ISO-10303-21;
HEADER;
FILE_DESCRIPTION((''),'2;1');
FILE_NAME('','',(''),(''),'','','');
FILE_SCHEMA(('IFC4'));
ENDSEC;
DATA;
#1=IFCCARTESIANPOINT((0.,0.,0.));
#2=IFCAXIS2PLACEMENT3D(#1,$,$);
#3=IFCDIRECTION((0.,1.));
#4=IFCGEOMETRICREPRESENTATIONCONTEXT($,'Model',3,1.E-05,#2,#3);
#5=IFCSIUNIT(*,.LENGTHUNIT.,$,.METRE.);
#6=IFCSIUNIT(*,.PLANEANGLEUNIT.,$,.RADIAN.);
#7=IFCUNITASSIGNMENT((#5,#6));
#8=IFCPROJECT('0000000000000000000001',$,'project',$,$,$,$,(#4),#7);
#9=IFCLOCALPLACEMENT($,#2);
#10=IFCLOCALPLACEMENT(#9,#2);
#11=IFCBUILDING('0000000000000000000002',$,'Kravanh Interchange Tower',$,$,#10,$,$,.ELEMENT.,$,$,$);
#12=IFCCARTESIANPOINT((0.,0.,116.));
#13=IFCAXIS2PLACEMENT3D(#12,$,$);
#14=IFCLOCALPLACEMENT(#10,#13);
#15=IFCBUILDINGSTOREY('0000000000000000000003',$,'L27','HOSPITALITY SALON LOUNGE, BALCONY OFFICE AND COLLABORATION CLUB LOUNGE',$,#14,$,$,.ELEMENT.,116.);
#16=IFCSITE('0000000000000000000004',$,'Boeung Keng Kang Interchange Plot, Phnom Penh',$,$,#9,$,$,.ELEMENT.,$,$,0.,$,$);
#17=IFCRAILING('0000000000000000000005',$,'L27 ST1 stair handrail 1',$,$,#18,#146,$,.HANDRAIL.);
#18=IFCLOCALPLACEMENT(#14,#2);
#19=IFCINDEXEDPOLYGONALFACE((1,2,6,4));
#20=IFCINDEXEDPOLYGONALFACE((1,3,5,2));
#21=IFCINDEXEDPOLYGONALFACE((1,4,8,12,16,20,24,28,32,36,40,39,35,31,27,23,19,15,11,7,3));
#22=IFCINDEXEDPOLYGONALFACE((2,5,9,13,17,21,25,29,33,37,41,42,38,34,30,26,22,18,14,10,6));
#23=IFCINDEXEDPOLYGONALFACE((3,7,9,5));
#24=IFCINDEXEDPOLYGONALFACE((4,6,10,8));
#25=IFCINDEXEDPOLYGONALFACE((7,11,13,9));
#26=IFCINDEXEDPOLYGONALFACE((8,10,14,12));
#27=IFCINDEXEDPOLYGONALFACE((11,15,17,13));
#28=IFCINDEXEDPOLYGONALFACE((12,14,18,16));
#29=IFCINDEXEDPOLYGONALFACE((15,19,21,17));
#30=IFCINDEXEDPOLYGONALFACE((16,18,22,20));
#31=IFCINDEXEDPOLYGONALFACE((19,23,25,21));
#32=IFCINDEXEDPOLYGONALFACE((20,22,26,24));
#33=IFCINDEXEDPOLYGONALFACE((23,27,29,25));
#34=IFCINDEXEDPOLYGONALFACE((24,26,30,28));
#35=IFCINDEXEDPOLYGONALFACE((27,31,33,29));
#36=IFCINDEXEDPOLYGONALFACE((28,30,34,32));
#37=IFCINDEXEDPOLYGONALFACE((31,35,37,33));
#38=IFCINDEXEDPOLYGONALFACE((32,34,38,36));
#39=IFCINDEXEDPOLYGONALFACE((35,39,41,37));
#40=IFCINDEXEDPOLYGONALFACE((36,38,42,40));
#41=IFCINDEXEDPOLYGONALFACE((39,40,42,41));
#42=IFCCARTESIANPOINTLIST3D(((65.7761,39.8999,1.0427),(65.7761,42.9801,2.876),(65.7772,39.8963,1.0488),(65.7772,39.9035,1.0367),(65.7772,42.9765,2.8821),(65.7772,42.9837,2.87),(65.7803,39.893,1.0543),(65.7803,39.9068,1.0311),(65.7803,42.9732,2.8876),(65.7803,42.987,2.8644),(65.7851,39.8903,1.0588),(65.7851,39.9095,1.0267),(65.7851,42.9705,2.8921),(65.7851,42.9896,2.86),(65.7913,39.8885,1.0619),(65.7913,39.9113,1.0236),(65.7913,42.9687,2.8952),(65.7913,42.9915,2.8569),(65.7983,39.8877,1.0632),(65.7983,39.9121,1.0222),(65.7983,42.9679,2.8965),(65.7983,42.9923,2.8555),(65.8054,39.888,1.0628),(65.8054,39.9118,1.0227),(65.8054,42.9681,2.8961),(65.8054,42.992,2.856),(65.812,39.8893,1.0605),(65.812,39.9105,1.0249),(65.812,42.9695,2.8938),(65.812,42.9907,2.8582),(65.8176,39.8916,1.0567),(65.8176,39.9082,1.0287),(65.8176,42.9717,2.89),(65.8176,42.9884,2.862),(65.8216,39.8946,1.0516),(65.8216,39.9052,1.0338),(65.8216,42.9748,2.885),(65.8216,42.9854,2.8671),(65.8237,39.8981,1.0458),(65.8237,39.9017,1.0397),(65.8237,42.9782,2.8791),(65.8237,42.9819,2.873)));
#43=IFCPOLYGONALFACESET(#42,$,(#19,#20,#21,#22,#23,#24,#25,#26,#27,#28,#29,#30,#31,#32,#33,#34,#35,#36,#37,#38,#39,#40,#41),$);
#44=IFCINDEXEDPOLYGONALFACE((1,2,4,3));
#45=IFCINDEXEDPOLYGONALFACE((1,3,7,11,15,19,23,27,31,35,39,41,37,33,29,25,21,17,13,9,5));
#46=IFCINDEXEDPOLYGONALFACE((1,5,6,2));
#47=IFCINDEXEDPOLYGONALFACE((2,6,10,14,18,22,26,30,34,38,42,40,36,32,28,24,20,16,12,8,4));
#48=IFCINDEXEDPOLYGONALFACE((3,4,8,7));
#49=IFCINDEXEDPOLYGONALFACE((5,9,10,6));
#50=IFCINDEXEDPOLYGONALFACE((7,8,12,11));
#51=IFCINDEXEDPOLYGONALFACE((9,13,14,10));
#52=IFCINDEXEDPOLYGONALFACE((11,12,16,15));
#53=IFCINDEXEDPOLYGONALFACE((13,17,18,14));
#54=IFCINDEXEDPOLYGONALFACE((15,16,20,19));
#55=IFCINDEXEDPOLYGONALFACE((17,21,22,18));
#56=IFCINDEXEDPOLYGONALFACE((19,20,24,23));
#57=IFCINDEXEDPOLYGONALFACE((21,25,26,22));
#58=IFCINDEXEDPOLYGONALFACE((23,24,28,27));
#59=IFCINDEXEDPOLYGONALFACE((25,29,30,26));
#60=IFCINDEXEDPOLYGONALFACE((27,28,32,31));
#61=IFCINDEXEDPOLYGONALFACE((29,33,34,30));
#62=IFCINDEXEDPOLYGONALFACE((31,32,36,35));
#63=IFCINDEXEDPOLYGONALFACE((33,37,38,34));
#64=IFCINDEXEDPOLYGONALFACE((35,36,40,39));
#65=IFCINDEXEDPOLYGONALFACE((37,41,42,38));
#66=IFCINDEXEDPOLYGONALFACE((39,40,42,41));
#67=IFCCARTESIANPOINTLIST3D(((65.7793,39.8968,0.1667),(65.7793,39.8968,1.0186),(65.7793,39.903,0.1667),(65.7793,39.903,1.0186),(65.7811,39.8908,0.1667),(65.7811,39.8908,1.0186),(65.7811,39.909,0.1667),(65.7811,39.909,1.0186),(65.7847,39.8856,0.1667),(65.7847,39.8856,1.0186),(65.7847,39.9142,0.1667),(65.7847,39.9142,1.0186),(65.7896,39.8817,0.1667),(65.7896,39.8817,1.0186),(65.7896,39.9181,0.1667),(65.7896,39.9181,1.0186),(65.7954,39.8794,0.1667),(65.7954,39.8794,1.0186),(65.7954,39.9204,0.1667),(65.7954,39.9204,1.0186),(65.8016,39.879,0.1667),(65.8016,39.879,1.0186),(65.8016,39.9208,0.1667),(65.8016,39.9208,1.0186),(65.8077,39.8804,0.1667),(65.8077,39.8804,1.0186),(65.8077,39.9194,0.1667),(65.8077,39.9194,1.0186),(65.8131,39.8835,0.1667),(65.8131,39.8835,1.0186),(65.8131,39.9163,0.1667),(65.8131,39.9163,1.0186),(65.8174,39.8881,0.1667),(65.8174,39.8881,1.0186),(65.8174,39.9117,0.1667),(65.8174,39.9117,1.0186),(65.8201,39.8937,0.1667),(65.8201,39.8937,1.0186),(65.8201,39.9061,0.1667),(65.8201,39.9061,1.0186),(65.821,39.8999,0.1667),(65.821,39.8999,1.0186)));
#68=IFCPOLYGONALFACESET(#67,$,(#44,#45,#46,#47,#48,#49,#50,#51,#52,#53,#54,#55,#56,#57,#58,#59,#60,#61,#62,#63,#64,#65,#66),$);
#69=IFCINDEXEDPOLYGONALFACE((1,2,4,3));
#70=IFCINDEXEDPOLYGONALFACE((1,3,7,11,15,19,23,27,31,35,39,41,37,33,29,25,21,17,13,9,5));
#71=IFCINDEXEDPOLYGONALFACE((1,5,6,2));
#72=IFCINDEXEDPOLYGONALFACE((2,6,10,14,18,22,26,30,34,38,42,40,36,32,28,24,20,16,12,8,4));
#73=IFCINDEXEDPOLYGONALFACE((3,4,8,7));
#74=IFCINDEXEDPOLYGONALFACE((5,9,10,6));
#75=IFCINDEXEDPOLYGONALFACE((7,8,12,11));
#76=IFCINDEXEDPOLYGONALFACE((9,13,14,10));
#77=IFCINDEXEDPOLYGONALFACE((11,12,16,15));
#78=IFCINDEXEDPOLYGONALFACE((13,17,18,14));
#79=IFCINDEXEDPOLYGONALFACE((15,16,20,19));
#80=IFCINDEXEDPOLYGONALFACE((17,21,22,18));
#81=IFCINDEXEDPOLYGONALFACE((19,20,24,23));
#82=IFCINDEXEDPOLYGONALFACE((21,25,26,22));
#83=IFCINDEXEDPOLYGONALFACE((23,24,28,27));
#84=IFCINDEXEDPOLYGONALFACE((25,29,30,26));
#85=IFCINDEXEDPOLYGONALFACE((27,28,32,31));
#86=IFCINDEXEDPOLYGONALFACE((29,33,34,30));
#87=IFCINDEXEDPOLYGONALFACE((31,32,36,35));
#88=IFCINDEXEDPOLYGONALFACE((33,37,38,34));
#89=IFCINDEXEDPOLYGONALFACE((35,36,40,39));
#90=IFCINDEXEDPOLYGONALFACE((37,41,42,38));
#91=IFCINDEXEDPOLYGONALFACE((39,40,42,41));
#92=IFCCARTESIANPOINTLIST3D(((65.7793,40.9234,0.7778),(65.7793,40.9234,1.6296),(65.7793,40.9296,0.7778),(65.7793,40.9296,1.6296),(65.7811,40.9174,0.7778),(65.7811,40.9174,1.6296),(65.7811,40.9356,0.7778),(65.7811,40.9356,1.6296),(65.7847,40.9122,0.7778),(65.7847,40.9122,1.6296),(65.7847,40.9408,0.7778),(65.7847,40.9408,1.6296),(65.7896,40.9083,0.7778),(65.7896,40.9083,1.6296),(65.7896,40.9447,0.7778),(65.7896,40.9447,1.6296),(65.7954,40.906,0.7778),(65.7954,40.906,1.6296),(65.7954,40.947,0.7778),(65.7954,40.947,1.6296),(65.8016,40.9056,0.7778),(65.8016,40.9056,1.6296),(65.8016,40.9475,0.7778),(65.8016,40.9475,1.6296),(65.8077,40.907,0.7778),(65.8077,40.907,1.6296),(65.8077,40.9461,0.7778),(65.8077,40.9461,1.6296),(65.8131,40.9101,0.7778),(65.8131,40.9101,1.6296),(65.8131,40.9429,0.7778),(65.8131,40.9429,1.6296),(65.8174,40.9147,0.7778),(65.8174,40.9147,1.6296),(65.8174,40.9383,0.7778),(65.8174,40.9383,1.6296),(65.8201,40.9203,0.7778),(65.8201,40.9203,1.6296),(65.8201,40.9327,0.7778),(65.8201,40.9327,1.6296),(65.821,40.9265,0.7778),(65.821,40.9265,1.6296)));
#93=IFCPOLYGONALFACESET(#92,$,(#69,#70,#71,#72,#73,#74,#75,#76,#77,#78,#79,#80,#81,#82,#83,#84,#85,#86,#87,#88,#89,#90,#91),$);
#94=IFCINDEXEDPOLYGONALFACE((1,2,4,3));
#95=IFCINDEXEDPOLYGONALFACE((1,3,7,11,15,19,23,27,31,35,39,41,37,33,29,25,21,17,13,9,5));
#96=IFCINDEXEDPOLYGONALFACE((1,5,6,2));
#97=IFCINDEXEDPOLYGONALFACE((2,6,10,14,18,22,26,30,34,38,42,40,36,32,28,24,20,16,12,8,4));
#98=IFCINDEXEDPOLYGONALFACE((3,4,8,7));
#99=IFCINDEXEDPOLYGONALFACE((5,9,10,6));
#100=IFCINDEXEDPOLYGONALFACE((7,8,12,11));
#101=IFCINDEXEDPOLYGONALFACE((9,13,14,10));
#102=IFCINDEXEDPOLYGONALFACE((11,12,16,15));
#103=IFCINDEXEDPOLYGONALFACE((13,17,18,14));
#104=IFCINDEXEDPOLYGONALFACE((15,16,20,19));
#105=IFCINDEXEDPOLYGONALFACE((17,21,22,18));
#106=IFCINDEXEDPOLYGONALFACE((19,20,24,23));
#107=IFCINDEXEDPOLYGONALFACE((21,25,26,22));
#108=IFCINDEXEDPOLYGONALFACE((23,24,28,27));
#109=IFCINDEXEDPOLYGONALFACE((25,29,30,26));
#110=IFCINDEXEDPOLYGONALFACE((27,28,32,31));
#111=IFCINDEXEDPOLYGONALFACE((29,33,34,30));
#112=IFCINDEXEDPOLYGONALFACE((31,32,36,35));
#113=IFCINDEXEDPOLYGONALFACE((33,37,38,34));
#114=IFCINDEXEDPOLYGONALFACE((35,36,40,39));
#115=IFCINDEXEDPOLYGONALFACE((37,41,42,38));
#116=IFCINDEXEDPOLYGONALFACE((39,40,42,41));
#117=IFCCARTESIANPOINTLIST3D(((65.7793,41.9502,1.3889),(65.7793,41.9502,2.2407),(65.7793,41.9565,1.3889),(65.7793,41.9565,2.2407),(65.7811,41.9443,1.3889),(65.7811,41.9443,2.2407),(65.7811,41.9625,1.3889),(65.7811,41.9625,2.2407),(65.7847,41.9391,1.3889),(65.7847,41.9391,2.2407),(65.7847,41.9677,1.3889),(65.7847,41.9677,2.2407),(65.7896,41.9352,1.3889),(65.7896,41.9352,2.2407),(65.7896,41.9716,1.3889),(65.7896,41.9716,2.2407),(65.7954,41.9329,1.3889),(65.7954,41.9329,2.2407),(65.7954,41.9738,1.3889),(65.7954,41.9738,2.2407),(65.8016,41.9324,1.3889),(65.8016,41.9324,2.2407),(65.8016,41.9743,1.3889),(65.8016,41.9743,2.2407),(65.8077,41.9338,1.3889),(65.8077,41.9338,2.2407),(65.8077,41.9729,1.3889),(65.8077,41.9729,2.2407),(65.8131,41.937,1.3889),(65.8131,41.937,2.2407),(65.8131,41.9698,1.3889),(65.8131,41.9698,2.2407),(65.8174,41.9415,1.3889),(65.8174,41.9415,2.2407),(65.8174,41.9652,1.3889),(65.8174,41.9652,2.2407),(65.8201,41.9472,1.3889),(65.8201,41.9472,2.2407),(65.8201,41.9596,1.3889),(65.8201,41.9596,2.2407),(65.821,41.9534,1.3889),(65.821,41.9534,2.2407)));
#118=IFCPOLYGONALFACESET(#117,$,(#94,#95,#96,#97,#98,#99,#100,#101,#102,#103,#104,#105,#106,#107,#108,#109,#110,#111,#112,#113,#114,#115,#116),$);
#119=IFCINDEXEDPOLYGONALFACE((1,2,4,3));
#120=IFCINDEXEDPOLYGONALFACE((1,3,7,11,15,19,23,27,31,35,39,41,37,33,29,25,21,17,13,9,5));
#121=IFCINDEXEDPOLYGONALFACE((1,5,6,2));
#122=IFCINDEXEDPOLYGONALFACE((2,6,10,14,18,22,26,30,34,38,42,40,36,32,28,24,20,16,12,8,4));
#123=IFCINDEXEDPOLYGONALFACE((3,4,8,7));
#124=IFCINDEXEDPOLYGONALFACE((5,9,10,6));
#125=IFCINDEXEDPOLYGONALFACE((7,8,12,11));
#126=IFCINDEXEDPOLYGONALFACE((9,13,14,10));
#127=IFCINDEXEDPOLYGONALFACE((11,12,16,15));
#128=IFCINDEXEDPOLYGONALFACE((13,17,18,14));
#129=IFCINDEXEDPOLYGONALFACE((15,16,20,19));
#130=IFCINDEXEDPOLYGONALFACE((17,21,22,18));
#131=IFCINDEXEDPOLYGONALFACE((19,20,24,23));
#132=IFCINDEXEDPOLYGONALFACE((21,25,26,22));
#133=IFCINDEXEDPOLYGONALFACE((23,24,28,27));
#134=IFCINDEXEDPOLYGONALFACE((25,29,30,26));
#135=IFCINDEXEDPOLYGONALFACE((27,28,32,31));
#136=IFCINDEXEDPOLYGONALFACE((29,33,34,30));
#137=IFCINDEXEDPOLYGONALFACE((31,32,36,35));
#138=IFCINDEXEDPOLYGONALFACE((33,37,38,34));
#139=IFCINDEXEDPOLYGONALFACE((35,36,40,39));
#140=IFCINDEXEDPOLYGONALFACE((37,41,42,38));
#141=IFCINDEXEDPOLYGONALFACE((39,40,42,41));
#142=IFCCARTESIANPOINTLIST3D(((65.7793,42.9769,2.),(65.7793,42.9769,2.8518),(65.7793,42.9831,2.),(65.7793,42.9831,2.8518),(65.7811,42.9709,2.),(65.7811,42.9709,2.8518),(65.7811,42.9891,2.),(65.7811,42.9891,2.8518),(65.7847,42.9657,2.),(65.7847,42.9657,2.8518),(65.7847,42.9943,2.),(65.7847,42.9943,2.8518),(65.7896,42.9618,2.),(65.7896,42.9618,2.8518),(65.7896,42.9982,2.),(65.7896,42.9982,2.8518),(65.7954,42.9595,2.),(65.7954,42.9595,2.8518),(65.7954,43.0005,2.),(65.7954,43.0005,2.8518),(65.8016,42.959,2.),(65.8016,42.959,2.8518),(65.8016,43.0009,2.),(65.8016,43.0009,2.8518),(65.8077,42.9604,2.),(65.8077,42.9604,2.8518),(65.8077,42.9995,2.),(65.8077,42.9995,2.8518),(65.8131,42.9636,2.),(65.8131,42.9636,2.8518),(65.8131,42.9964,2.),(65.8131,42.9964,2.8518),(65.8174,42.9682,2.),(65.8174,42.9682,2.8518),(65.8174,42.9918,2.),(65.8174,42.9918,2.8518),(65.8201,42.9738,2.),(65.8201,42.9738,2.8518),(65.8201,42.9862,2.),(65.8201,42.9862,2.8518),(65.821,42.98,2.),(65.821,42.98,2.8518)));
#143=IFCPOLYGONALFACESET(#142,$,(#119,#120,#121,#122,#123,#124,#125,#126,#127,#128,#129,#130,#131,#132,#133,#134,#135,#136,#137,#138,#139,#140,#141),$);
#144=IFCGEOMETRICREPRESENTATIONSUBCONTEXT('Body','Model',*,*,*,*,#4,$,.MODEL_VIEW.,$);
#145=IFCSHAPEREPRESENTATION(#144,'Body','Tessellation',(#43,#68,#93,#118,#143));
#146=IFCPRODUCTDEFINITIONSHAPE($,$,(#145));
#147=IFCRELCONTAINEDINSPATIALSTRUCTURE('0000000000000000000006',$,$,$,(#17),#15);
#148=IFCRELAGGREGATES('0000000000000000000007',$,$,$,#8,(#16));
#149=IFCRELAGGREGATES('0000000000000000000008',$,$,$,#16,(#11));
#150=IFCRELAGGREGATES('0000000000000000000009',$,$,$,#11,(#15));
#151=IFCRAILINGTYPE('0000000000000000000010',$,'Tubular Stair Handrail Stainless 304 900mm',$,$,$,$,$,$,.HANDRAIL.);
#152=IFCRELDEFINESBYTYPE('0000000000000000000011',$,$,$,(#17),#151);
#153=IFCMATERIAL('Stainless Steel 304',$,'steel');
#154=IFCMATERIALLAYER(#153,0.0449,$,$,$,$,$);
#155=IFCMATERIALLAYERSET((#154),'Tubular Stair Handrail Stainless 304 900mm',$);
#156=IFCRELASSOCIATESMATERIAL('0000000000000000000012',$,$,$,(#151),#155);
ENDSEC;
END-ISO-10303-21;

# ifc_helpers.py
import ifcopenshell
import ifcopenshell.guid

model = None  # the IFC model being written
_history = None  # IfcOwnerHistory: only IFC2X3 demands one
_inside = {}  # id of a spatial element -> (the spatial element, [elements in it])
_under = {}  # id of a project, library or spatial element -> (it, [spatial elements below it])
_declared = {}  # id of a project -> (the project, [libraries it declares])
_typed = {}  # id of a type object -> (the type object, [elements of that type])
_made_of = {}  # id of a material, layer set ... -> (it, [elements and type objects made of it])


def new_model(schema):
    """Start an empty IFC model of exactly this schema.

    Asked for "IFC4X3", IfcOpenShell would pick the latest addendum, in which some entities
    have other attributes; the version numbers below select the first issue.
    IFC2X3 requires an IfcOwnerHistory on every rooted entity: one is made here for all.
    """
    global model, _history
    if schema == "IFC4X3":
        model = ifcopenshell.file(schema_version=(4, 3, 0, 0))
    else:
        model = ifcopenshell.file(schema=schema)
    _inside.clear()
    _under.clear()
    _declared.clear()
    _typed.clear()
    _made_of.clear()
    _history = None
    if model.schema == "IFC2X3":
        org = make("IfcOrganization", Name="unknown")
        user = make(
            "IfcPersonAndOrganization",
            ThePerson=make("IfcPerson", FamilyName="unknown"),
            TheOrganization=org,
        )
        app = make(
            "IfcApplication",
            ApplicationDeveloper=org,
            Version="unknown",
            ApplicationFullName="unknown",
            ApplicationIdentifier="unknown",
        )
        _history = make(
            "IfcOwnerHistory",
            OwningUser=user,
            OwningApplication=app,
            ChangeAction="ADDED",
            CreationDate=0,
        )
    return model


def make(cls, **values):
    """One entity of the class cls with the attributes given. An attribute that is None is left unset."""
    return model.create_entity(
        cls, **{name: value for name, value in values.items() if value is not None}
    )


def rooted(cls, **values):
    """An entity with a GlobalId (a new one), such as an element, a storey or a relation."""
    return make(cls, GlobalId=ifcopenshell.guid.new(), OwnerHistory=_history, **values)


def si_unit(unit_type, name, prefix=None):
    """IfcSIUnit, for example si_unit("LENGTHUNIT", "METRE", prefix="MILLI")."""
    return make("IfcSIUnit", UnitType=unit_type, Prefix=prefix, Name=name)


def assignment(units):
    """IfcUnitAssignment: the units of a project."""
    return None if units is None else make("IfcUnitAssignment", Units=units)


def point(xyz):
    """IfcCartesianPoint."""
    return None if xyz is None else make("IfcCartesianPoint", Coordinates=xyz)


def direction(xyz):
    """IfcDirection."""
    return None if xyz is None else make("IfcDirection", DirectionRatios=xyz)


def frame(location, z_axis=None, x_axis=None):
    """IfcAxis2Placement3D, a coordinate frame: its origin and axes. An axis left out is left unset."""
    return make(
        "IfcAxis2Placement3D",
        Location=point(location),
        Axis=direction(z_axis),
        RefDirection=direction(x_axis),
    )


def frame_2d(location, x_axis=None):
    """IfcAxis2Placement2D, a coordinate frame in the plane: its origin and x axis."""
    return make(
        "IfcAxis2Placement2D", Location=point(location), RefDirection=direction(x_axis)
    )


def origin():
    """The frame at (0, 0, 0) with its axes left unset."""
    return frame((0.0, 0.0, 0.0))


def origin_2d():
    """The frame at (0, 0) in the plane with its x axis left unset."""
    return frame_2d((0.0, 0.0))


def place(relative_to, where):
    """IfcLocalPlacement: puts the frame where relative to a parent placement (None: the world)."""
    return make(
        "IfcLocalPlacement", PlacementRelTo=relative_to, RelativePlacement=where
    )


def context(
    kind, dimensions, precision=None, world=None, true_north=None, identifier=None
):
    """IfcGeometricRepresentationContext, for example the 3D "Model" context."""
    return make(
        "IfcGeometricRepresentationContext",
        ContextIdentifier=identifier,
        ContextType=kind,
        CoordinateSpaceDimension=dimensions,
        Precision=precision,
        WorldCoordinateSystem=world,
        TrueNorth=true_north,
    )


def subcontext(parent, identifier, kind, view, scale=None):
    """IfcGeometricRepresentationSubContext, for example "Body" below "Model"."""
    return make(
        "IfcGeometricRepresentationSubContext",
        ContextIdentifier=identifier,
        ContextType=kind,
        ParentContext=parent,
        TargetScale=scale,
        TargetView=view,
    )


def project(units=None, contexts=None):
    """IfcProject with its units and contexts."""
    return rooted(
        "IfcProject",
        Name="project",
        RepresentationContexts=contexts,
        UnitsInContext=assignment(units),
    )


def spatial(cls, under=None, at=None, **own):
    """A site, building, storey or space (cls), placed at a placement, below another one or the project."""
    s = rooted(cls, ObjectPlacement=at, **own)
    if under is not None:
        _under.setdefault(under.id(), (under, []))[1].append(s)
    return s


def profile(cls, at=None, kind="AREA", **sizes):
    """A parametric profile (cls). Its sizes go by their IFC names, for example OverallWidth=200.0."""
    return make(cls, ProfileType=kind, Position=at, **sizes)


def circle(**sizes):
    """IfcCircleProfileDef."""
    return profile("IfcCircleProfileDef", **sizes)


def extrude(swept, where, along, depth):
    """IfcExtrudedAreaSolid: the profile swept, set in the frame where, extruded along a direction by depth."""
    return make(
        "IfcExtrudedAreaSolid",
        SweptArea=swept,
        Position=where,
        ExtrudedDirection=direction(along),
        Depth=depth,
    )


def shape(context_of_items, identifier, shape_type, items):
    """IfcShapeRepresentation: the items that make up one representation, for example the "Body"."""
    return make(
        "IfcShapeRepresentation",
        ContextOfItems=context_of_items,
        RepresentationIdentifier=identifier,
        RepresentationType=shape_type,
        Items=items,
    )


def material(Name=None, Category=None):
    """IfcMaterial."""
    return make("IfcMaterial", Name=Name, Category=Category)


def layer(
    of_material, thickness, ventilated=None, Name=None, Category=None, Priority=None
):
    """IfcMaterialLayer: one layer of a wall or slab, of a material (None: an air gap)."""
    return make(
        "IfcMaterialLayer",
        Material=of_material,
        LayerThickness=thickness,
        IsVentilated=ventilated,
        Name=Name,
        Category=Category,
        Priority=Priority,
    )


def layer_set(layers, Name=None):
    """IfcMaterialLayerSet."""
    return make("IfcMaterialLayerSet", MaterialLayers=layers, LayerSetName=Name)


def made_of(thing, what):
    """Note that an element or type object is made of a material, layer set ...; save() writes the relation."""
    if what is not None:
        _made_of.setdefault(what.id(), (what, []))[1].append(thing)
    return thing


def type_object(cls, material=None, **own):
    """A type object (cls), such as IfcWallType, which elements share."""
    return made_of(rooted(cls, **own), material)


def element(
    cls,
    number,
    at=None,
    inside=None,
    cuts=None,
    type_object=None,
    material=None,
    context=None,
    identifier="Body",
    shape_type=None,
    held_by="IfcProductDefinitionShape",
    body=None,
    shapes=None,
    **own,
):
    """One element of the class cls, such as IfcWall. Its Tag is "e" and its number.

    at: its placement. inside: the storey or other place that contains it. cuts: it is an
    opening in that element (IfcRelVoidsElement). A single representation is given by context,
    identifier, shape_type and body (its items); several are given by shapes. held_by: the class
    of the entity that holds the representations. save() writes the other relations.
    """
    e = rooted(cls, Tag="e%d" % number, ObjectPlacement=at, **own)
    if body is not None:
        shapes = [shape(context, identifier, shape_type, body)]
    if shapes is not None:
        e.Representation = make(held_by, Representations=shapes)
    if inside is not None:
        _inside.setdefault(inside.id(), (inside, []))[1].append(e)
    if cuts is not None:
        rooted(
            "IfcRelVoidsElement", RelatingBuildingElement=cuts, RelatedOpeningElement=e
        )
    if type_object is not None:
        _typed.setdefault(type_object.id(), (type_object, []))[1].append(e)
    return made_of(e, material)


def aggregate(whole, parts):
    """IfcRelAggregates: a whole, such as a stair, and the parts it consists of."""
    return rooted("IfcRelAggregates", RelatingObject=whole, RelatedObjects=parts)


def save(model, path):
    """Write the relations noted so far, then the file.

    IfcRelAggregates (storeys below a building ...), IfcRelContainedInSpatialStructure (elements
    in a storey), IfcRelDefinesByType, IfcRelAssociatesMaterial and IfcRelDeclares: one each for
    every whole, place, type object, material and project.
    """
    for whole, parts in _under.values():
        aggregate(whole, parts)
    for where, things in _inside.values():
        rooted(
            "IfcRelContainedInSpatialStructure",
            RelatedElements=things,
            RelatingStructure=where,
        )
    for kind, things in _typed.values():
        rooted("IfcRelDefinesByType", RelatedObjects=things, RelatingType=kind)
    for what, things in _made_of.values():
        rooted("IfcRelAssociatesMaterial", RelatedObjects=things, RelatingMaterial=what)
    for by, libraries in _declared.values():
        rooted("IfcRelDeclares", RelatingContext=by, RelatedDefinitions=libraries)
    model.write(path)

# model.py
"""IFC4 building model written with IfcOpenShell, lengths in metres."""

from ifc_helpers import new_model, si_unit, direction, frame, origin, origin_2d, place, context, subcontext, project, spatial, circle, extrude, material, layer, layer_set, type_object, element, save


model = new_model("IFC4")

# Units and contexts
model_context = context("Model", 3, precision=1e-05, world=origin(), true_north=direction((0.0, 1.0)))
body_context = subcontext(model_context, "Body", "Model", "MODEL_VIEW")
ifc_project = project(units=[si_unit("LENGTHUNIT", "METRE"), si_unit("PLANEANGLEUNIT", "RADIAN")], contexts=[model_context])

# Site, building, storey
site_placement = place(None, origin())
site = spatial("IfcSite", under=ifc_project, at=site_placement, Name="Boeung Keng Kang Interchange Plot, Phnom Penh", CompositionType="ELEMENT", RefElevation=0.0)
building_placement = place(site_placement, origin())
building = spatial("IfcBuilding", under=site, at=building_placement, Name="Kravanh Interchange Tower", CompositionType="ELEMENT")
storey_placement = place(building_placement, frame((0.0, 0.0, 116.0)))
storey = spatial("IfcBuildingStorey", under=building, at=storey_placement, Name="L27", Description="HOSPITALITY SALON LOUNGE, BALCONY OFFICE AND COLLABORATION CLUB LOUNGE", CompositionType="ELEMENT", Elevation=116.0)

# Railing
ifc_material_1 = material(Name="Stainless Steel 304", Category="steel")
ifc_layer_1 = layer(ifc_material_1, 0.0449)
ifc_layer_set_1 = layer_set([ifc_layer_1], Name="Tubular Stair Handrail Stainless 304 900mm")
railing_type_1 = type_object("IfcRailingType", Name="Tubular Stair Handrail Stainless 304 900mm", PredefinedType="HANDRAIL", material=ifc_layer_set_1)
railing_1_placement = place(storey_placement, frame((65.8, 39.8999, 0.1667)))
element("IfcRailing", 1, at=railing_1_placement, inside=storey, type_object=railing_type_1, Name="L27 ST1 stair handrail 1", PredefinedType="HANDRAIL", context=body_context, shape_type="SweptSolid", body=[
    extrude(circle(Radius=0.0239, at=origin_2d()), frame((0.0, 0.0, 0.876), z_axis=(0.0, 0.859309, 0.511458), x_axis=(-1.0, 0.0, 0.0)), (0.0, 0.0, 1.0), 3.5845),
    extrude(circle(Radius=0.021, at=origin_2d()), origin(), (0.0, 0.0, 1.0), 0.8518),
    extrude(circle(Radius=0.021, at=origin_2d()), frame((0.0, 1.0266, 0.6111)), (0.0, 0.0, 1.0), 0.8518),
    extrude(circle(Radius=0.021, at=origin_2d()), frame((0.0, 2.0535, 1.2222)), (0.0, 0.0, 1.0), 0.8518),
    extrude(circle(Radius=0.021, at=origin_2d()), frame((0.0, 3.0801, 1.8333)), (0.0, 0.0, 1.0), 0.8518),
])

save(model, "model.ifc")
